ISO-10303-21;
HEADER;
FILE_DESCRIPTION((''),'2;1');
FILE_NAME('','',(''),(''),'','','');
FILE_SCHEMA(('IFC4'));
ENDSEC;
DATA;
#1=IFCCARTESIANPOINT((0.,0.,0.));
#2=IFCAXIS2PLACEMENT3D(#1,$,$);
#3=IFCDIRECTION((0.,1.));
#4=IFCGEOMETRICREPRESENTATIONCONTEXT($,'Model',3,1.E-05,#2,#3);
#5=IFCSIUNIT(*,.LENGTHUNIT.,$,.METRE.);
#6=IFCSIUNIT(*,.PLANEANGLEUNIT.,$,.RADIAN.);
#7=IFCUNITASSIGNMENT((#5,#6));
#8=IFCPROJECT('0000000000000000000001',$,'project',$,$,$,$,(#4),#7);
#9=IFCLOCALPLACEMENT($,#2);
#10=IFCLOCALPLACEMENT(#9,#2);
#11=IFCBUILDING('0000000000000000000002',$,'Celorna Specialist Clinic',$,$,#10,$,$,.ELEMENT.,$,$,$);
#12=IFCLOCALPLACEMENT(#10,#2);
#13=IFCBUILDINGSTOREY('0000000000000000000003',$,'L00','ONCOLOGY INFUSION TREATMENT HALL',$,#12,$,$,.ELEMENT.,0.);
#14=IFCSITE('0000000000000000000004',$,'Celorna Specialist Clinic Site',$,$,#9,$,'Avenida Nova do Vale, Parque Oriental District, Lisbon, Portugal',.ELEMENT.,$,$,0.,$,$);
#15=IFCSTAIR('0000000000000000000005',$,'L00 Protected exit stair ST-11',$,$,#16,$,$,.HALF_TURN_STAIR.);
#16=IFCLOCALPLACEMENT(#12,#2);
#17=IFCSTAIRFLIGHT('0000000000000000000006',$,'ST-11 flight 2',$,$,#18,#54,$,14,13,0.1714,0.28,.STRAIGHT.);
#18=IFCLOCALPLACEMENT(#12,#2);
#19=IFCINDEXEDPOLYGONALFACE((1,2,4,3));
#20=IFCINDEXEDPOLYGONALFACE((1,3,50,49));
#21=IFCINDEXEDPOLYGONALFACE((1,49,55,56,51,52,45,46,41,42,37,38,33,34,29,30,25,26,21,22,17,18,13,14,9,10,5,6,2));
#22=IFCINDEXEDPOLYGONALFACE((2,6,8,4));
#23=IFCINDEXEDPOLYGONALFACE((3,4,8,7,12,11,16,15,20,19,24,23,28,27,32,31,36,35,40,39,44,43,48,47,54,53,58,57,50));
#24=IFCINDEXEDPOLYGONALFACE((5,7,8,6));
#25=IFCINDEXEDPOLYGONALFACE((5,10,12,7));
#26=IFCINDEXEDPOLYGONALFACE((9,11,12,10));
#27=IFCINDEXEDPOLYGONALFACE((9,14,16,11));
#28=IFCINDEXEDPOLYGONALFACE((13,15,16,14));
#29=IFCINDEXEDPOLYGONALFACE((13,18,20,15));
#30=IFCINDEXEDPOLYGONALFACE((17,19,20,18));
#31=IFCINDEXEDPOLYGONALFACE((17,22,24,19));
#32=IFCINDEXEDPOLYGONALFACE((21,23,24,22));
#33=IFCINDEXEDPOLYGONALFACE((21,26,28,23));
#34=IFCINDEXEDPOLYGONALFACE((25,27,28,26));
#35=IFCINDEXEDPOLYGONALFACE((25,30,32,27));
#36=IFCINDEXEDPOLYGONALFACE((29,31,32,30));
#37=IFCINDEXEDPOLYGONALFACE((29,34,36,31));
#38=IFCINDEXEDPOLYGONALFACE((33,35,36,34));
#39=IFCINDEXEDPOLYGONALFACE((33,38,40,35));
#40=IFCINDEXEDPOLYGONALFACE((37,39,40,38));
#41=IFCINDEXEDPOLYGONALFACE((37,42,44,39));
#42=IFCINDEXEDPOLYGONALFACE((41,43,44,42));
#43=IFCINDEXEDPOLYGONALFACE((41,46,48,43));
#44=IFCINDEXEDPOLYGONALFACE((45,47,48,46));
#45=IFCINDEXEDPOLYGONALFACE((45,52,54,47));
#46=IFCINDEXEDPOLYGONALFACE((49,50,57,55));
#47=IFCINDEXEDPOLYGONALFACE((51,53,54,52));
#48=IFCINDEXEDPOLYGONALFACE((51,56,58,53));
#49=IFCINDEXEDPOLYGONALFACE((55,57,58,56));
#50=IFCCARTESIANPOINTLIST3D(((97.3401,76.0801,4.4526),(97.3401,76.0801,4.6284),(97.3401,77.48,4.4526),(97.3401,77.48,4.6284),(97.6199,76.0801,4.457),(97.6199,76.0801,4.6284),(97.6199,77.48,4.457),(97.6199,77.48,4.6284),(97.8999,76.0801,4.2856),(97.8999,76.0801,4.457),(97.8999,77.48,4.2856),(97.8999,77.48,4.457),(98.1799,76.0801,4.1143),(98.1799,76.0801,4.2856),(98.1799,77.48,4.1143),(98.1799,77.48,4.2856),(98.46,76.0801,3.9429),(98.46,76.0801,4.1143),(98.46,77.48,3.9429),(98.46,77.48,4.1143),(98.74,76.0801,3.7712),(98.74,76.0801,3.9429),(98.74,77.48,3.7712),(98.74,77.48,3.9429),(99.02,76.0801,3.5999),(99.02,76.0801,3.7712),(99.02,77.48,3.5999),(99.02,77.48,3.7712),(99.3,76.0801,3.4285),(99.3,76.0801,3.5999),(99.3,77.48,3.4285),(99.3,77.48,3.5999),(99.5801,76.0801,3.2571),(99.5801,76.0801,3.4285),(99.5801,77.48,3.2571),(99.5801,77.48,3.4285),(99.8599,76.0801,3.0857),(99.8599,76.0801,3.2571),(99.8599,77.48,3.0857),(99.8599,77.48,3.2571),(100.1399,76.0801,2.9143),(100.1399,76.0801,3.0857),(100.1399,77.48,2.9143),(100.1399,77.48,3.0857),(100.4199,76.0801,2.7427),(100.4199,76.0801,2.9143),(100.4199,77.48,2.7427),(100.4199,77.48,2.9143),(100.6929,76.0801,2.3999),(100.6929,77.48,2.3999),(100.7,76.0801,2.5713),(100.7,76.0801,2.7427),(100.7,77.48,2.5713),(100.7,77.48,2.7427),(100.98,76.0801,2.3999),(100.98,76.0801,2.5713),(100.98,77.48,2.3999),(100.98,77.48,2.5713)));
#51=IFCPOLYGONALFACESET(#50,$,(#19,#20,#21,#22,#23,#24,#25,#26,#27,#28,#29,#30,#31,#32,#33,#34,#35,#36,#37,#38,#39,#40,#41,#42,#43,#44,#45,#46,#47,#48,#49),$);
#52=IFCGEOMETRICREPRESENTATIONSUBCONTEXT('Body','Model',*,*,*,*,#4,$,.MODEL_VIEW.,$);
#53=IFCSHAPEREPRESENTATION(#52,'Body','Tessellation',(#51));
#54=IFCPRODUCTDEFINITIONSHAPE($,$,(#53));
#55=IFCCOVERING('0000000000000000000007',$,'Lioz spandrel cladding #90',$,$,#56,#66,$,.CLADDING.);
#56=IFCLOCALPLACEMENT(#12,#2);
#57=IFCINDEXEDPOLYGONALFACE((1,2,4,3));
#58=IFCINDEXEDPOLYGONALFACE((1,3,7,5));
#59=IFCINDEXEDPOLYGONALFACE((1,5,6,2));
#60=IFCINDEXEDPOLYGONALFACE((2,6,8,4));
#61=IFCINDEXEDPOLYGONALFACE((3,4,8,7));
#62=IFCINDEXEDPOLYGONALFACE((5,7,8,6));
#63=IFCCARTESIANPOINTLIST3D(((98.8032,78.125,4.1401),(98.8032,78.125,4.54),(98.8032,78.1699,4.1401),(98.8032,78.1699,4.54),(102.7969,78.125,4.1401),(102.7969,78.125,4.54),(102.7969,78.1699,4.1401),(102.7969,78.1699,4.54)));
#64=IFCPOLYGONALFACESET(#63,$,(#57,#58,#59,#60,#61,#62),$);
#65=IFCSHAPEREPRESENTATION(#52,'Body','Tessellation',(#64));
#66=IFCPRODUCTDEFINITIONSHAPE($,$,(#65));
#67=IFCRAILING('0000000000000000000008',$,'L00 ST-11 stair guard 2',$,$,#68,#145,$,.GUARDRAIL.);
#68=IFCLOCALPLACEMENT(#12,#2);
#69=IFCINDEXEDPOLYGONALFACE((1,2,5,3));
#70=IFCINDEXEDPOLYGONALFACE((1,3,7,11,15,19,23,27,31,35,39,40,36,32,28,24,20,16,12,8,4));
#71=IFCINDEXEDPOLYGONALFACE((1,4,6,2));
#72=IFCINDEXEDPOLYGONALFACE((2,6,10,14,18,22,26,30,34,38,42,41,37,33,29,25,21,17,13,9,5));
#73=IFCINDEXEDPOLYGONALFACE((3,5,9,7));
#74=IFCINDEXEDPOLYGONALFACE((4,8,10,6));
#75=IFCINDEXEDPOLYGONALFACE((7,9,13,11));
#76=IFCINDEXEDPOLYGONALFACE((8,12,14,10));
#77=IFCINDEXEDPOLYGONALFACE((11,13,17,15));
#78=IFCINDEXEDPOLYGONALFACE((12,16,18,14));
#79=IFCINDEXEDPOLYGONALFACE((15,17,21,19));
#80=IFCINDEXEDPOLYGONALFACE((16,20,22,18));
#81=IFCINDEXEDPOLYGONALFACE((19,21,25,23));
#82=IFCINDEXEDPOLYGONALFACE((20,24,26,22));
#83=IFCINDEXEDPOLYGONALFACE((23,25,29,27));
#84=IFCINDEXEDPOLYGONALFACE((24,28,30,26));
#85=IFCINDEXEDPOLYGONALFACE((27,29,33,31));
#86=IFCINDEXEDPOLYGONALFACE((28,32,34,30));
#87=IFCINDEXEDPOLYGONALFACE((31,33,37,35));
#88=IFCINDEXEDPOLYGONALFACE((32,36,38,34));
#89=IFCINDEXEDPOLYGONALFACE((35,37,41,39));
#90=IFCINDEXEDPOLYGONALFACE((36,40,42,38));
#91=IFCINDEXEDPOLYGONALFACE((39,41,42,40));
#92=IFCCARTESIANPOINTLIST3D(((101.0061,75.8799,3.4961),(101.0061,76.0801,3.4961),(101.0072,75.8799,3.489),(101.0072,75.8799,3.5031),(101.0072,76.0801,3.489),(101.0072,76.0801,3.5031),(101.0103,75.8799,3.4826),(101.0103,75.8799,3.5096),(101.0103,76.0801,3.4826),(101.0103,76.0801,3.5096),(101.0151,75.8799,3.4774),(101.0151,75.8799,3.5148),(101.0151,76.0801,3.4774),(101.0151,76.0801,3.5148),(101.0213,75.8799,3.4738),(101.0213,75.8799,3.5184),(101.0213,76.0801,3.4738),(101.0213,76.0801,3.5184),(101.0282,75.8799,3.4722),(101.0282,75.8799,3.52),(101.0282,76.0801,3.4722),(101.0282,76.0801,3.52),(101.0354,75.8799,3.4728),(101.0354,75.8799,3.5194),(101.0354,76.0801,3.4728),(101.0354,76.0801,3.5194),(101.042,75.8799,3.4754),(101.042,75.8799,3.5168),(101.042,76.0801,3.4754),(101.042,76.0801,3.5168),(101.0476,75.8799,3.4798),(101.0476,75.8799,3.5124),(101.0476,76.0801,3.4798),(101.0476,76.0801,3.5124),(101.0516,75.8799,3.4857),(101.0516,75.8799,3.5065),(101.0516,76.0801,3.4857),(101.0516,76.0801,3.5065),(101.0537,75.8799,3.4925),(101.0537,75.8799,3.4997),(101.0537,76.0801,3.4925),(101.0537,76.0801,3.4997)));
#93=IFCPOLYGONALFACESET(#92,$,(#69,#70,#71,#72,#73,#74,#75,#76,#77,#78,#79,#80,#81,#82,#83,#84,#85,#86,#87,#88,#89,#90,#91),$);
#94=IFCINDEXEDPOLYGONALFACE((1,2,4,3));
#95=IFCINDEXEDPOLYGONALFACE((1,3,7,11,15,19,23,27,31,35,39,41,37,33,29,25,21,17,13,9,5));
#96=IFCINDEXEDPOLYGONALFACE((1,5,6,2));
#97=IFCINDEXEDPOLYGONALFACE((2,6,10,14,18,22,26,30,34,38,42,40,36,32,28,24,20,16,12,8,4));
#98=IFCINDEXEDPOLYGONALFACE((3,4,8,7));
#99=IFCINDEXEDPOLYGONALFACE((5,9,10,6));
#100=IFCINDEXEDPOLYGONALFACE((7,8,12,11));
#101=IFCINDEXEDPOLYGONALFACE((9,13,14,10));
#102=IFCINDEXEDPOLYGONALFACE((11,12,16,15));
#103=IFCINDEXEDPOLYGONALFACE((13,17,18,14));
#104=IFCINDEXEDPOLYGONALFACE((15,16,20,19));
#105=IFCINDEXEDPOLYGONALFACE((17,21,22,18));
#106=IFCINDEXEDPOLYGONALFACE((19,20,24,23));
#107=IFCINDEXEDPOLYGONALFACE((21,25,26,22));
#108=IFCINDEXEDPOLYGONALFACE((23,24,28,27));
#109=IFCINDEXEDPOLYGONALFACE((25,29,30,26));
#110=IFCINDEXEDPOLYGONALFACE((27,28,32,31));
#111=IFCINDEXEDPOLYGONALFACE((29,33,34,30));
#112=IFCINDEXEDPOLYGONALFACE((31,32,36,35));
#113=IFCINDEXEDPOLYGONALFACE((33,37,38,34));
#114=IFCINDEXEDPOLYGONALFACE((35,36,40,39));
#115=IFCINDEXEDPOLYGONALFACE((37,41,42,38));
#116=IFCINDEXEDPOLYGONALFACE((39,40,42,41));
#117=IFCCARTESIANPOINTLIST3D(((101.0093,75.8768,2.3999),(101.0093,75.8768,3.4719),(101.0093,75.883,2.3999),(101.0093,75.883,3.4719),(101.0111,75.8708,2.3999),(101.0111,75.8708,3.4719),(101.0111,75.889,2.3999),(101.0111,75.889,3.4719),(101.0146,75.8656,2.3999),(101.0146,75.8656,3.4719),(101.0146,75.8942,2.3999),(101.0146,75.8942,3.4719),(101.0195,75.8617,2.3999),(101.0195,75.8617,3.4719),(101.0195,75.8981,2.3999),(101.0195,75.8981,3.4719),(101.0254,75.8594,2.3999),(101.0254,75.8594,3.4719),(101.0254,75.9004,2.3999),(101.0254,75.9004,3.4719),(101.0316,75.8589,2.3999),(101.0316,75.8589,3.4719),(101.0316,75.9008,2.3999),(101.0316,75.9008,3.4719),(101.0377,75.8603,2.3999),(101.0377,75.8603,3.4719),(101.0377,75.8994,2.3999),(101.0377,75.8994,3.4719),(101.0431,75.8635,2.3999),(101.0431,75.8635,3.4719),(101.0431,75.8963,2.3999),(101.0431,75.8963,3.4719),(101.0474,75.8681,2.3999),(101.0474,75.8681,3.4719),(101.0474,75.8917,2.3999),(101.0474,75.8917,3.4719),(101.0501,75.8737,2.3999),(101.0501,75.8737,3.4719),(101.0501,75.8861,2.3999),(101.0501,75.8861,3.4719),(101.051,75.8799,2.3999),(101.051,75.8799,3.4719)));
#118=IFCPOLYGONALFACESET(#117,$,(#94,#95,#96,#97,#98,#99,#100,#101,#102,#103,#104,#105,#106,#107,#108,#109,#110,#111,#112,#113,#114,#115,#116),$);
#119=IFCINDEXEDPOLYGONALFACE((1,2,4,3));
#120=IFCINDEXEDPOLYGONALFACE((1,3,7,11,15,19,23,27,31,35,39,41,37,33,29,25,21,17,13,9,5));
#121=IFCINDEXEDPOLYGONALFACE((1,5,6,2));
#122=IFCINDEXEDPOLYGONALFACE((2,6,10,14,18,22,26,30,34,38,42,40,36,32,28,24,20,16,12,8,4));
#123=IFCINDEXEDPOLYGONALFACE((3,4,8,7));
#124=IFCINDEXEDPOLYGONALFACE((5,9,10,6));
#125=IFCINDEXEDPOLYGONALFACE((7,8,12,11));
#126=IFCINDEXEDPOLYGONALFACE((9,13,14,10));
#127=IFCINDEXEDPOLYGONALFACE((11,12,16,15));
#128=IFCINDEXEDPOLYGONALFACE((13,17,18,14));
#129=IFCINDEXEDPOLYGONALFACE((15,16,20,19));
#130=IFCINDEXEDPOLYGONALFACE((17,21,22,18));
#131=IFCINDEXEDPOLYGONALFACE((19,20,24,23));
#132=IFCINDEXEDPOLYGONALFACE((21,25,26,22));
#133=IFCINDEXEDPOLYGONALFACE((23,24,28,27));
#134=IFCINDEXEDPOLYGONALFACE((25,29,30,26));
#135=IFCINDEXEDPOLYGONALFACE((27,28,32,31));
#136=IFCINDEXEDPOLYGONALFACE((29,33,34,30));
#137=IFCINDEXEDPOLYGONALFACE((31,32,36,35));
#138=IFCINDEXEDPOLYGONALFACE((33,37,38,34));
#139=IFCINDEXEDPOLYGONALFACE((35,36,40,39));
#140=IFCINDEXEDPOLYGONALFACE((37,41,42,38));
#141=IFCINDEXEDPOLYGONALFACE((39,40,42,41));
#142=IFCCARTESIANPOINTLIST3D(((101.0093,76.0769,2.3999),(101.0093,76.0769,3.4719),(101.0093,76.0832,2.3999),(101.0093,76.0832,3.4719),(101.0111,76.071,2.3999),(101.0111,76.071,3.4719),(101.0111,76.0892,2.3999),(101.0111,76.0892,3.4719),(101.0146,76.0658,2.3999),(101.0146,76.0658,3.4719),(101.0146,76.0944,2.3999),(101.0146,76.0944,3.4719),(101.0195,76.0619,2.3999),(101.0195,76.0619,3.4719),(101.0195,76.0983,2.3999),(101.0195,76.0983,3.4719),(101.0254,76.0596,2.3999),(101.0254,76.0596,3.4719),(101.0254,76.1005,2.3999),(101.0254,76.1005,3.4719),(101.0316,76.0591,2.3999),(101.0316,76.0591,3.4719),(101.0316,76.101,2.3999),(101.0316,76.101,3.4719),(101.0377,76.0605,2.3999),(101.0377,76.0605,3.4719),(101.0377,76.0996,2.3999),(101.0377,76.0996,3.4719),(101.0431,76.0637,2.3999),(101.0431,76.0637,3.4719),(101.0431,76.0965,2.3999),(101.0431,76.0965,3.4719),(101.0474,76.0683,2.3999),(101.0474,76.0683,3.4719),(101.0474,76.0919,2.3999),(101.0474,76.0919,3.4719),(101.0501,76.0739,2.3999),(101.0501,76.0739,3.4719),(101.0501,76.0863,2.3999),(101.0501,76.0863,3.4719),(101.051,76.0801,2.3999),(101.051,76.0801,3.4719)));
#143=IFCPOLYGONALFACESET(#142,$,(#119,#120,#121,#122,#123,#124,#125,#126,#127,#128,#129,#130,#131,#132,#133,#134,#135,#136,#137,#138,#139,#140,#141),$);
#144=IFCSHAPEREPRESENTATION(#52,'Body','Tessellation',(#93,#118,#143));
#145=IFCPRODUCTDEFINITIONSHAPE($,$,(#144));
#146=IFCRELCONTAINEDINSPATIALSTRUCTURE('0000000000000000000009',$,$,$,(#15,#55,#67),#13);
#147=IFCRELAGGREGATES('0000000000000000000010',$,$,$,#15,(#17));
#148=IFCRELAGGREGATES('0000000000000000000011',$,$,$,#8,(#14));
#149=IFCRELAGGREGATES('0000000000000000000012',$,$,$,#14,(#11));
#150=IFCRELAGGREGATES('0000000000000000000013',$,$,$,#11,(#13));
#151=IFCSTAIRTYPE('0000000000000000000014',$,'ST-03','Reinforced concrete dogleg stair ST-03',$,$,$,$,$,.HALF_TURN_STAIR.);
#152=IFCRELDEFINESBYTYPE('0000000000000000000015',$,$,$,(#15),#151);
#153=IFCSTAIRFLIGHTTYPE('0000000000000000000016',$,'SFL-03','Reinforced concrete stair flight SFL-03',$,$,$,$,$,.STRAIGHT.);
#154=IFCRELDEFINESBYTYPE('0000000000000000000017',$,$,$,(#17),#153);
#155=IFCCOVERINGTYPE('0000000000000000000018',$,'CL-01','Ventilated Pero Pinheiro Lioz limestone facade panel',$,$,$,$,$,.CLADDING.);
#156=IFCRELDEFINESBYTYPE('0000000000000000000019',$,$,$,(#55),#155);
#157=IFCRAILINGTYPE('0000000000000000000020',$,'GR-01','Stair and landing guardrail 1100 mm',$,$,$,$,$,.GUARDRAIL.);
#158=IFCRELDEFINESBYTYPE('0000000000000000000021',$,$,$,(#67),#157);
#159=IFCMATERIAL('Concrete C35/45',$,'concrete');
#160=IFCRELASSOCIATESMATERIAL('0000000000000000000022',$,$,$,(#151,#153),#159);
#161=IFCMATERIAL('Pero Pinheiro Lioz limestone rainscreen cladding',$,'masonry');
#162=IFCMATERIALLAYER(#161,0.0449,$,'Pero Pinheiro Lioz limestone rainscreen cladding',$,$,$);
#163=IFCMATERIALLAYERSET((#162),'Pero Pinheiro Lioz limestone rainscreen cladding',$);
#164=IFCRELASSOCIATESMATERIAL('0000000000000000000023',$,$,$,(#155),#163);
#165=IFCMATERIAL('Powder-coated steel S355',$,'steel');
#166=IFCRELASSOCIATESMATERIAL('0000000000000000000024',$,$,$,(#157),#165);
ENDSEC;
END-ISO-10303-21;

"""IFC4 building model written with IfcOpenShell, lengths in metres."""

from ifc_helpers import new_model, si_unit, direction, frame, origin, origin_2d, place, context, subcontext, project, spatial, polyline, rectangle, circle, outline, extrude, material, layer, layer_set, type_object, element, aggregate, save


model = new_model("IFC4")

# Units and contexts
model_context = context("Model", 3, precision=1e-05, world=origin(), true_north=direction((0.0, 1.0)))
body_context = subcontext(model_context, "Body", "Model", "MODEL_VIEW")
ifc_project = project(units=[si_unit("LENGTHUNIT", "METRE"), si_unit("PLANEANGLEUNIT", "RADIAN")], contexts=[model_context])

# Site, building, storey
site_placement = place(None, origin())
site = spatial("IfcSite", under=ifc_project, at=site_placement, Name="Celorna Specialist Clinic Site", LongName="Avenida Nova do Vale, Parque Oriental District, Lisbon, Portugal", CompositionType="ELEMENT", RefElevation=0.0)
building_placement = place(site_placement, origin())
building = spatial("IfcBuilding", under=site, at=building_placement, Name="Celorna Specialist Clinic", CompositionType="ELEMENT")
storey_placement = place(building_placement, origin())
storey = spatial("IfcBuildingStorey", under=building, at=storey_placement, Name="L00", Description="ONCOLOGY INFUSION TREATMENT HALL", CompositionType="ELEMENT", Elevation=0.0)

# Shared definitions
ifc_material_1 = material(Name="Concrete C35/45", Category="concrete")

# Stair, stair flight
stair_type = type_object("IfcStairType", Name="ST-03", Description="Reinforced concrete dogleg stair ST-03", PredefinedType="HALF_TURN_STAIR", material=ifc_material_1)
stair_placement = place(storey_placement, origin())
stair = element("IfcStair", 1, at=stair_placement, inside=storey, type_object=stair_type, Name="L00 Protected exit stair ST-11", PredefinedType="HALF_TURN_STAIR")
stair_flight_type = type_object("IfcStairFlightType", Name="SFL-03", Description="Reinforced concrete stair flight SFL-03", PredefinedType="STRAIGHT", material=ifc_material_1)
stair_flight_placement = place(storey_placement, frame((100.98, 76.78, 2.3999), z_axis=(0.0, 0.0, 1.0), x_axis=(-1.0, 0.0, 0.0)))
stair_flight = element("IfcStairFlight", 2, at=stair_flight_placement, type_object=stair_flight_type, Name="ST-11 flight 2", NumberOfRisers=14, NumberOfTreads=13, PredefinedType="STRAIGHT", RiserHeight=0.1714, TreadLength=0.28, context=body_context, shape_type="SweptSolid", body=[
    extrude(outline(polyline([(0.0, 0.0), (0.0, 0.1714), (0.28, 0.1714), (0.28, 0.3428), (0.5601, 0.3428), (0.5601, 0.5144), (0.8401, 0.5144), (0.8401, 0.6858), (1.1201, 0.6858), (1.1201, 0.8572), (1.3999, 0.8572), (1.3999, 1.0286), (1.6799, 1.0286), (1.6799, 1.2), (1.96, 1.2), (1.96, 1.3713), (2.24, 1.3713), (2.24, 1.543), (2.52, 1.543), (2.52, 1.7144), (2.8, 1.7144), (2.8, 1.8857), (3.0801, 1.8857), (3.0801, 2.0571), (3.3601, 2.0571), (3.3601, 2.2285), (3.6399, 2.2285), (3.6399, 2.3999), (3.6399, 2.0527), (0.2871, 0.0), (0.0, 0.0)])), frame((0.0, 0.7, 0.0), z_axis=(0.0, -1.0, 0.0), x_axis=(1.0, 0.0, 0.0)), (0.0, 0.0, 1.0), 1.3999),
])
aggregate(stair, [stair_flight])

# Covering
ifc_material_2 = material(Name="Pero Pinheiro Lioz limestone rainscreen cladding", Category="masonry")
ifc_layer_1 = layer(ifc_material_2, 0.0449, Name="Pero Pinheiro Lioz limestone rainscreen cladding")
ifc_layer_set_1 = layer_set([ifc_layer_1], Name="Pero Pinheiro Lioz limestone rainscreen cladding")
covering_type = type_object("IfcCoveringType", Name="CL-01", Description="Ventilated Pero Pinheiro Lioz limestone facade panel", PredefinedType="CLADDING", material=ifc_layer_set_1)
covering_placement = place(storey_placement, frame((100.8, 78.1475, 4.1401), z_axis=(0.0, 0.0, 1.0), x_axis=(1.0, 0.0, 0.0)))
element("IfcCovering", 3, at=covering_placement, inside=storey, type_object=covering_type, Name="Lioz spandrel cladding #90", PredefinedType="CLADDING", context=body_context, shape_type="SweptSolid", body=[
    extrude(rectangle(XDim=3.9937, YDim=0.0449, at=origin_2d()), origin(), (0.0, 0.0, 1.0), 0.3999),
])

# Railing
ifc_material_3 = material(Name="Powder-coated steel S355", Category="steel")
railing_type_1 = type_object("IfcRailingType", Name="GR-01", Description="Stair and landing guardrail 1100 mm", PredefinedType="GUARDRAIL", material=ifc_material_3)
railing_1_placement = place(storey_placement, frame((101.03, 75.8799, 2.3999)))
element("IfcRailing", 4, at=railing_1_placement, inside=storey, type_object=railing_type_1, Name="L00 ST-11 stair guard 2", PredefinedType="GUARDRAIL", context=body_context, shape_type="SweptSolid", body=[
    extrude(circle(Radius=0.0239, at=origin_2d()), frame((0.0, 0.0, 1.0962), z_axis=(0.0, 1.0, 0.0), x_axis=(-1.0, 0.0, 0.0)), (0.0, 0.0, 1.0), 0.2002),
    extrude(circle(Radius=0.021, at=origin_2d()), origin(), (0.0, 0.0, 1.0), 1.072),
    extrude(circle(Radius=0.021, at=origin_2d()), frame((0.0, 0.2002, 0.0)), (0.0, 0.0, 1.0), 1.072),
])

save(model, "model.ifc")
